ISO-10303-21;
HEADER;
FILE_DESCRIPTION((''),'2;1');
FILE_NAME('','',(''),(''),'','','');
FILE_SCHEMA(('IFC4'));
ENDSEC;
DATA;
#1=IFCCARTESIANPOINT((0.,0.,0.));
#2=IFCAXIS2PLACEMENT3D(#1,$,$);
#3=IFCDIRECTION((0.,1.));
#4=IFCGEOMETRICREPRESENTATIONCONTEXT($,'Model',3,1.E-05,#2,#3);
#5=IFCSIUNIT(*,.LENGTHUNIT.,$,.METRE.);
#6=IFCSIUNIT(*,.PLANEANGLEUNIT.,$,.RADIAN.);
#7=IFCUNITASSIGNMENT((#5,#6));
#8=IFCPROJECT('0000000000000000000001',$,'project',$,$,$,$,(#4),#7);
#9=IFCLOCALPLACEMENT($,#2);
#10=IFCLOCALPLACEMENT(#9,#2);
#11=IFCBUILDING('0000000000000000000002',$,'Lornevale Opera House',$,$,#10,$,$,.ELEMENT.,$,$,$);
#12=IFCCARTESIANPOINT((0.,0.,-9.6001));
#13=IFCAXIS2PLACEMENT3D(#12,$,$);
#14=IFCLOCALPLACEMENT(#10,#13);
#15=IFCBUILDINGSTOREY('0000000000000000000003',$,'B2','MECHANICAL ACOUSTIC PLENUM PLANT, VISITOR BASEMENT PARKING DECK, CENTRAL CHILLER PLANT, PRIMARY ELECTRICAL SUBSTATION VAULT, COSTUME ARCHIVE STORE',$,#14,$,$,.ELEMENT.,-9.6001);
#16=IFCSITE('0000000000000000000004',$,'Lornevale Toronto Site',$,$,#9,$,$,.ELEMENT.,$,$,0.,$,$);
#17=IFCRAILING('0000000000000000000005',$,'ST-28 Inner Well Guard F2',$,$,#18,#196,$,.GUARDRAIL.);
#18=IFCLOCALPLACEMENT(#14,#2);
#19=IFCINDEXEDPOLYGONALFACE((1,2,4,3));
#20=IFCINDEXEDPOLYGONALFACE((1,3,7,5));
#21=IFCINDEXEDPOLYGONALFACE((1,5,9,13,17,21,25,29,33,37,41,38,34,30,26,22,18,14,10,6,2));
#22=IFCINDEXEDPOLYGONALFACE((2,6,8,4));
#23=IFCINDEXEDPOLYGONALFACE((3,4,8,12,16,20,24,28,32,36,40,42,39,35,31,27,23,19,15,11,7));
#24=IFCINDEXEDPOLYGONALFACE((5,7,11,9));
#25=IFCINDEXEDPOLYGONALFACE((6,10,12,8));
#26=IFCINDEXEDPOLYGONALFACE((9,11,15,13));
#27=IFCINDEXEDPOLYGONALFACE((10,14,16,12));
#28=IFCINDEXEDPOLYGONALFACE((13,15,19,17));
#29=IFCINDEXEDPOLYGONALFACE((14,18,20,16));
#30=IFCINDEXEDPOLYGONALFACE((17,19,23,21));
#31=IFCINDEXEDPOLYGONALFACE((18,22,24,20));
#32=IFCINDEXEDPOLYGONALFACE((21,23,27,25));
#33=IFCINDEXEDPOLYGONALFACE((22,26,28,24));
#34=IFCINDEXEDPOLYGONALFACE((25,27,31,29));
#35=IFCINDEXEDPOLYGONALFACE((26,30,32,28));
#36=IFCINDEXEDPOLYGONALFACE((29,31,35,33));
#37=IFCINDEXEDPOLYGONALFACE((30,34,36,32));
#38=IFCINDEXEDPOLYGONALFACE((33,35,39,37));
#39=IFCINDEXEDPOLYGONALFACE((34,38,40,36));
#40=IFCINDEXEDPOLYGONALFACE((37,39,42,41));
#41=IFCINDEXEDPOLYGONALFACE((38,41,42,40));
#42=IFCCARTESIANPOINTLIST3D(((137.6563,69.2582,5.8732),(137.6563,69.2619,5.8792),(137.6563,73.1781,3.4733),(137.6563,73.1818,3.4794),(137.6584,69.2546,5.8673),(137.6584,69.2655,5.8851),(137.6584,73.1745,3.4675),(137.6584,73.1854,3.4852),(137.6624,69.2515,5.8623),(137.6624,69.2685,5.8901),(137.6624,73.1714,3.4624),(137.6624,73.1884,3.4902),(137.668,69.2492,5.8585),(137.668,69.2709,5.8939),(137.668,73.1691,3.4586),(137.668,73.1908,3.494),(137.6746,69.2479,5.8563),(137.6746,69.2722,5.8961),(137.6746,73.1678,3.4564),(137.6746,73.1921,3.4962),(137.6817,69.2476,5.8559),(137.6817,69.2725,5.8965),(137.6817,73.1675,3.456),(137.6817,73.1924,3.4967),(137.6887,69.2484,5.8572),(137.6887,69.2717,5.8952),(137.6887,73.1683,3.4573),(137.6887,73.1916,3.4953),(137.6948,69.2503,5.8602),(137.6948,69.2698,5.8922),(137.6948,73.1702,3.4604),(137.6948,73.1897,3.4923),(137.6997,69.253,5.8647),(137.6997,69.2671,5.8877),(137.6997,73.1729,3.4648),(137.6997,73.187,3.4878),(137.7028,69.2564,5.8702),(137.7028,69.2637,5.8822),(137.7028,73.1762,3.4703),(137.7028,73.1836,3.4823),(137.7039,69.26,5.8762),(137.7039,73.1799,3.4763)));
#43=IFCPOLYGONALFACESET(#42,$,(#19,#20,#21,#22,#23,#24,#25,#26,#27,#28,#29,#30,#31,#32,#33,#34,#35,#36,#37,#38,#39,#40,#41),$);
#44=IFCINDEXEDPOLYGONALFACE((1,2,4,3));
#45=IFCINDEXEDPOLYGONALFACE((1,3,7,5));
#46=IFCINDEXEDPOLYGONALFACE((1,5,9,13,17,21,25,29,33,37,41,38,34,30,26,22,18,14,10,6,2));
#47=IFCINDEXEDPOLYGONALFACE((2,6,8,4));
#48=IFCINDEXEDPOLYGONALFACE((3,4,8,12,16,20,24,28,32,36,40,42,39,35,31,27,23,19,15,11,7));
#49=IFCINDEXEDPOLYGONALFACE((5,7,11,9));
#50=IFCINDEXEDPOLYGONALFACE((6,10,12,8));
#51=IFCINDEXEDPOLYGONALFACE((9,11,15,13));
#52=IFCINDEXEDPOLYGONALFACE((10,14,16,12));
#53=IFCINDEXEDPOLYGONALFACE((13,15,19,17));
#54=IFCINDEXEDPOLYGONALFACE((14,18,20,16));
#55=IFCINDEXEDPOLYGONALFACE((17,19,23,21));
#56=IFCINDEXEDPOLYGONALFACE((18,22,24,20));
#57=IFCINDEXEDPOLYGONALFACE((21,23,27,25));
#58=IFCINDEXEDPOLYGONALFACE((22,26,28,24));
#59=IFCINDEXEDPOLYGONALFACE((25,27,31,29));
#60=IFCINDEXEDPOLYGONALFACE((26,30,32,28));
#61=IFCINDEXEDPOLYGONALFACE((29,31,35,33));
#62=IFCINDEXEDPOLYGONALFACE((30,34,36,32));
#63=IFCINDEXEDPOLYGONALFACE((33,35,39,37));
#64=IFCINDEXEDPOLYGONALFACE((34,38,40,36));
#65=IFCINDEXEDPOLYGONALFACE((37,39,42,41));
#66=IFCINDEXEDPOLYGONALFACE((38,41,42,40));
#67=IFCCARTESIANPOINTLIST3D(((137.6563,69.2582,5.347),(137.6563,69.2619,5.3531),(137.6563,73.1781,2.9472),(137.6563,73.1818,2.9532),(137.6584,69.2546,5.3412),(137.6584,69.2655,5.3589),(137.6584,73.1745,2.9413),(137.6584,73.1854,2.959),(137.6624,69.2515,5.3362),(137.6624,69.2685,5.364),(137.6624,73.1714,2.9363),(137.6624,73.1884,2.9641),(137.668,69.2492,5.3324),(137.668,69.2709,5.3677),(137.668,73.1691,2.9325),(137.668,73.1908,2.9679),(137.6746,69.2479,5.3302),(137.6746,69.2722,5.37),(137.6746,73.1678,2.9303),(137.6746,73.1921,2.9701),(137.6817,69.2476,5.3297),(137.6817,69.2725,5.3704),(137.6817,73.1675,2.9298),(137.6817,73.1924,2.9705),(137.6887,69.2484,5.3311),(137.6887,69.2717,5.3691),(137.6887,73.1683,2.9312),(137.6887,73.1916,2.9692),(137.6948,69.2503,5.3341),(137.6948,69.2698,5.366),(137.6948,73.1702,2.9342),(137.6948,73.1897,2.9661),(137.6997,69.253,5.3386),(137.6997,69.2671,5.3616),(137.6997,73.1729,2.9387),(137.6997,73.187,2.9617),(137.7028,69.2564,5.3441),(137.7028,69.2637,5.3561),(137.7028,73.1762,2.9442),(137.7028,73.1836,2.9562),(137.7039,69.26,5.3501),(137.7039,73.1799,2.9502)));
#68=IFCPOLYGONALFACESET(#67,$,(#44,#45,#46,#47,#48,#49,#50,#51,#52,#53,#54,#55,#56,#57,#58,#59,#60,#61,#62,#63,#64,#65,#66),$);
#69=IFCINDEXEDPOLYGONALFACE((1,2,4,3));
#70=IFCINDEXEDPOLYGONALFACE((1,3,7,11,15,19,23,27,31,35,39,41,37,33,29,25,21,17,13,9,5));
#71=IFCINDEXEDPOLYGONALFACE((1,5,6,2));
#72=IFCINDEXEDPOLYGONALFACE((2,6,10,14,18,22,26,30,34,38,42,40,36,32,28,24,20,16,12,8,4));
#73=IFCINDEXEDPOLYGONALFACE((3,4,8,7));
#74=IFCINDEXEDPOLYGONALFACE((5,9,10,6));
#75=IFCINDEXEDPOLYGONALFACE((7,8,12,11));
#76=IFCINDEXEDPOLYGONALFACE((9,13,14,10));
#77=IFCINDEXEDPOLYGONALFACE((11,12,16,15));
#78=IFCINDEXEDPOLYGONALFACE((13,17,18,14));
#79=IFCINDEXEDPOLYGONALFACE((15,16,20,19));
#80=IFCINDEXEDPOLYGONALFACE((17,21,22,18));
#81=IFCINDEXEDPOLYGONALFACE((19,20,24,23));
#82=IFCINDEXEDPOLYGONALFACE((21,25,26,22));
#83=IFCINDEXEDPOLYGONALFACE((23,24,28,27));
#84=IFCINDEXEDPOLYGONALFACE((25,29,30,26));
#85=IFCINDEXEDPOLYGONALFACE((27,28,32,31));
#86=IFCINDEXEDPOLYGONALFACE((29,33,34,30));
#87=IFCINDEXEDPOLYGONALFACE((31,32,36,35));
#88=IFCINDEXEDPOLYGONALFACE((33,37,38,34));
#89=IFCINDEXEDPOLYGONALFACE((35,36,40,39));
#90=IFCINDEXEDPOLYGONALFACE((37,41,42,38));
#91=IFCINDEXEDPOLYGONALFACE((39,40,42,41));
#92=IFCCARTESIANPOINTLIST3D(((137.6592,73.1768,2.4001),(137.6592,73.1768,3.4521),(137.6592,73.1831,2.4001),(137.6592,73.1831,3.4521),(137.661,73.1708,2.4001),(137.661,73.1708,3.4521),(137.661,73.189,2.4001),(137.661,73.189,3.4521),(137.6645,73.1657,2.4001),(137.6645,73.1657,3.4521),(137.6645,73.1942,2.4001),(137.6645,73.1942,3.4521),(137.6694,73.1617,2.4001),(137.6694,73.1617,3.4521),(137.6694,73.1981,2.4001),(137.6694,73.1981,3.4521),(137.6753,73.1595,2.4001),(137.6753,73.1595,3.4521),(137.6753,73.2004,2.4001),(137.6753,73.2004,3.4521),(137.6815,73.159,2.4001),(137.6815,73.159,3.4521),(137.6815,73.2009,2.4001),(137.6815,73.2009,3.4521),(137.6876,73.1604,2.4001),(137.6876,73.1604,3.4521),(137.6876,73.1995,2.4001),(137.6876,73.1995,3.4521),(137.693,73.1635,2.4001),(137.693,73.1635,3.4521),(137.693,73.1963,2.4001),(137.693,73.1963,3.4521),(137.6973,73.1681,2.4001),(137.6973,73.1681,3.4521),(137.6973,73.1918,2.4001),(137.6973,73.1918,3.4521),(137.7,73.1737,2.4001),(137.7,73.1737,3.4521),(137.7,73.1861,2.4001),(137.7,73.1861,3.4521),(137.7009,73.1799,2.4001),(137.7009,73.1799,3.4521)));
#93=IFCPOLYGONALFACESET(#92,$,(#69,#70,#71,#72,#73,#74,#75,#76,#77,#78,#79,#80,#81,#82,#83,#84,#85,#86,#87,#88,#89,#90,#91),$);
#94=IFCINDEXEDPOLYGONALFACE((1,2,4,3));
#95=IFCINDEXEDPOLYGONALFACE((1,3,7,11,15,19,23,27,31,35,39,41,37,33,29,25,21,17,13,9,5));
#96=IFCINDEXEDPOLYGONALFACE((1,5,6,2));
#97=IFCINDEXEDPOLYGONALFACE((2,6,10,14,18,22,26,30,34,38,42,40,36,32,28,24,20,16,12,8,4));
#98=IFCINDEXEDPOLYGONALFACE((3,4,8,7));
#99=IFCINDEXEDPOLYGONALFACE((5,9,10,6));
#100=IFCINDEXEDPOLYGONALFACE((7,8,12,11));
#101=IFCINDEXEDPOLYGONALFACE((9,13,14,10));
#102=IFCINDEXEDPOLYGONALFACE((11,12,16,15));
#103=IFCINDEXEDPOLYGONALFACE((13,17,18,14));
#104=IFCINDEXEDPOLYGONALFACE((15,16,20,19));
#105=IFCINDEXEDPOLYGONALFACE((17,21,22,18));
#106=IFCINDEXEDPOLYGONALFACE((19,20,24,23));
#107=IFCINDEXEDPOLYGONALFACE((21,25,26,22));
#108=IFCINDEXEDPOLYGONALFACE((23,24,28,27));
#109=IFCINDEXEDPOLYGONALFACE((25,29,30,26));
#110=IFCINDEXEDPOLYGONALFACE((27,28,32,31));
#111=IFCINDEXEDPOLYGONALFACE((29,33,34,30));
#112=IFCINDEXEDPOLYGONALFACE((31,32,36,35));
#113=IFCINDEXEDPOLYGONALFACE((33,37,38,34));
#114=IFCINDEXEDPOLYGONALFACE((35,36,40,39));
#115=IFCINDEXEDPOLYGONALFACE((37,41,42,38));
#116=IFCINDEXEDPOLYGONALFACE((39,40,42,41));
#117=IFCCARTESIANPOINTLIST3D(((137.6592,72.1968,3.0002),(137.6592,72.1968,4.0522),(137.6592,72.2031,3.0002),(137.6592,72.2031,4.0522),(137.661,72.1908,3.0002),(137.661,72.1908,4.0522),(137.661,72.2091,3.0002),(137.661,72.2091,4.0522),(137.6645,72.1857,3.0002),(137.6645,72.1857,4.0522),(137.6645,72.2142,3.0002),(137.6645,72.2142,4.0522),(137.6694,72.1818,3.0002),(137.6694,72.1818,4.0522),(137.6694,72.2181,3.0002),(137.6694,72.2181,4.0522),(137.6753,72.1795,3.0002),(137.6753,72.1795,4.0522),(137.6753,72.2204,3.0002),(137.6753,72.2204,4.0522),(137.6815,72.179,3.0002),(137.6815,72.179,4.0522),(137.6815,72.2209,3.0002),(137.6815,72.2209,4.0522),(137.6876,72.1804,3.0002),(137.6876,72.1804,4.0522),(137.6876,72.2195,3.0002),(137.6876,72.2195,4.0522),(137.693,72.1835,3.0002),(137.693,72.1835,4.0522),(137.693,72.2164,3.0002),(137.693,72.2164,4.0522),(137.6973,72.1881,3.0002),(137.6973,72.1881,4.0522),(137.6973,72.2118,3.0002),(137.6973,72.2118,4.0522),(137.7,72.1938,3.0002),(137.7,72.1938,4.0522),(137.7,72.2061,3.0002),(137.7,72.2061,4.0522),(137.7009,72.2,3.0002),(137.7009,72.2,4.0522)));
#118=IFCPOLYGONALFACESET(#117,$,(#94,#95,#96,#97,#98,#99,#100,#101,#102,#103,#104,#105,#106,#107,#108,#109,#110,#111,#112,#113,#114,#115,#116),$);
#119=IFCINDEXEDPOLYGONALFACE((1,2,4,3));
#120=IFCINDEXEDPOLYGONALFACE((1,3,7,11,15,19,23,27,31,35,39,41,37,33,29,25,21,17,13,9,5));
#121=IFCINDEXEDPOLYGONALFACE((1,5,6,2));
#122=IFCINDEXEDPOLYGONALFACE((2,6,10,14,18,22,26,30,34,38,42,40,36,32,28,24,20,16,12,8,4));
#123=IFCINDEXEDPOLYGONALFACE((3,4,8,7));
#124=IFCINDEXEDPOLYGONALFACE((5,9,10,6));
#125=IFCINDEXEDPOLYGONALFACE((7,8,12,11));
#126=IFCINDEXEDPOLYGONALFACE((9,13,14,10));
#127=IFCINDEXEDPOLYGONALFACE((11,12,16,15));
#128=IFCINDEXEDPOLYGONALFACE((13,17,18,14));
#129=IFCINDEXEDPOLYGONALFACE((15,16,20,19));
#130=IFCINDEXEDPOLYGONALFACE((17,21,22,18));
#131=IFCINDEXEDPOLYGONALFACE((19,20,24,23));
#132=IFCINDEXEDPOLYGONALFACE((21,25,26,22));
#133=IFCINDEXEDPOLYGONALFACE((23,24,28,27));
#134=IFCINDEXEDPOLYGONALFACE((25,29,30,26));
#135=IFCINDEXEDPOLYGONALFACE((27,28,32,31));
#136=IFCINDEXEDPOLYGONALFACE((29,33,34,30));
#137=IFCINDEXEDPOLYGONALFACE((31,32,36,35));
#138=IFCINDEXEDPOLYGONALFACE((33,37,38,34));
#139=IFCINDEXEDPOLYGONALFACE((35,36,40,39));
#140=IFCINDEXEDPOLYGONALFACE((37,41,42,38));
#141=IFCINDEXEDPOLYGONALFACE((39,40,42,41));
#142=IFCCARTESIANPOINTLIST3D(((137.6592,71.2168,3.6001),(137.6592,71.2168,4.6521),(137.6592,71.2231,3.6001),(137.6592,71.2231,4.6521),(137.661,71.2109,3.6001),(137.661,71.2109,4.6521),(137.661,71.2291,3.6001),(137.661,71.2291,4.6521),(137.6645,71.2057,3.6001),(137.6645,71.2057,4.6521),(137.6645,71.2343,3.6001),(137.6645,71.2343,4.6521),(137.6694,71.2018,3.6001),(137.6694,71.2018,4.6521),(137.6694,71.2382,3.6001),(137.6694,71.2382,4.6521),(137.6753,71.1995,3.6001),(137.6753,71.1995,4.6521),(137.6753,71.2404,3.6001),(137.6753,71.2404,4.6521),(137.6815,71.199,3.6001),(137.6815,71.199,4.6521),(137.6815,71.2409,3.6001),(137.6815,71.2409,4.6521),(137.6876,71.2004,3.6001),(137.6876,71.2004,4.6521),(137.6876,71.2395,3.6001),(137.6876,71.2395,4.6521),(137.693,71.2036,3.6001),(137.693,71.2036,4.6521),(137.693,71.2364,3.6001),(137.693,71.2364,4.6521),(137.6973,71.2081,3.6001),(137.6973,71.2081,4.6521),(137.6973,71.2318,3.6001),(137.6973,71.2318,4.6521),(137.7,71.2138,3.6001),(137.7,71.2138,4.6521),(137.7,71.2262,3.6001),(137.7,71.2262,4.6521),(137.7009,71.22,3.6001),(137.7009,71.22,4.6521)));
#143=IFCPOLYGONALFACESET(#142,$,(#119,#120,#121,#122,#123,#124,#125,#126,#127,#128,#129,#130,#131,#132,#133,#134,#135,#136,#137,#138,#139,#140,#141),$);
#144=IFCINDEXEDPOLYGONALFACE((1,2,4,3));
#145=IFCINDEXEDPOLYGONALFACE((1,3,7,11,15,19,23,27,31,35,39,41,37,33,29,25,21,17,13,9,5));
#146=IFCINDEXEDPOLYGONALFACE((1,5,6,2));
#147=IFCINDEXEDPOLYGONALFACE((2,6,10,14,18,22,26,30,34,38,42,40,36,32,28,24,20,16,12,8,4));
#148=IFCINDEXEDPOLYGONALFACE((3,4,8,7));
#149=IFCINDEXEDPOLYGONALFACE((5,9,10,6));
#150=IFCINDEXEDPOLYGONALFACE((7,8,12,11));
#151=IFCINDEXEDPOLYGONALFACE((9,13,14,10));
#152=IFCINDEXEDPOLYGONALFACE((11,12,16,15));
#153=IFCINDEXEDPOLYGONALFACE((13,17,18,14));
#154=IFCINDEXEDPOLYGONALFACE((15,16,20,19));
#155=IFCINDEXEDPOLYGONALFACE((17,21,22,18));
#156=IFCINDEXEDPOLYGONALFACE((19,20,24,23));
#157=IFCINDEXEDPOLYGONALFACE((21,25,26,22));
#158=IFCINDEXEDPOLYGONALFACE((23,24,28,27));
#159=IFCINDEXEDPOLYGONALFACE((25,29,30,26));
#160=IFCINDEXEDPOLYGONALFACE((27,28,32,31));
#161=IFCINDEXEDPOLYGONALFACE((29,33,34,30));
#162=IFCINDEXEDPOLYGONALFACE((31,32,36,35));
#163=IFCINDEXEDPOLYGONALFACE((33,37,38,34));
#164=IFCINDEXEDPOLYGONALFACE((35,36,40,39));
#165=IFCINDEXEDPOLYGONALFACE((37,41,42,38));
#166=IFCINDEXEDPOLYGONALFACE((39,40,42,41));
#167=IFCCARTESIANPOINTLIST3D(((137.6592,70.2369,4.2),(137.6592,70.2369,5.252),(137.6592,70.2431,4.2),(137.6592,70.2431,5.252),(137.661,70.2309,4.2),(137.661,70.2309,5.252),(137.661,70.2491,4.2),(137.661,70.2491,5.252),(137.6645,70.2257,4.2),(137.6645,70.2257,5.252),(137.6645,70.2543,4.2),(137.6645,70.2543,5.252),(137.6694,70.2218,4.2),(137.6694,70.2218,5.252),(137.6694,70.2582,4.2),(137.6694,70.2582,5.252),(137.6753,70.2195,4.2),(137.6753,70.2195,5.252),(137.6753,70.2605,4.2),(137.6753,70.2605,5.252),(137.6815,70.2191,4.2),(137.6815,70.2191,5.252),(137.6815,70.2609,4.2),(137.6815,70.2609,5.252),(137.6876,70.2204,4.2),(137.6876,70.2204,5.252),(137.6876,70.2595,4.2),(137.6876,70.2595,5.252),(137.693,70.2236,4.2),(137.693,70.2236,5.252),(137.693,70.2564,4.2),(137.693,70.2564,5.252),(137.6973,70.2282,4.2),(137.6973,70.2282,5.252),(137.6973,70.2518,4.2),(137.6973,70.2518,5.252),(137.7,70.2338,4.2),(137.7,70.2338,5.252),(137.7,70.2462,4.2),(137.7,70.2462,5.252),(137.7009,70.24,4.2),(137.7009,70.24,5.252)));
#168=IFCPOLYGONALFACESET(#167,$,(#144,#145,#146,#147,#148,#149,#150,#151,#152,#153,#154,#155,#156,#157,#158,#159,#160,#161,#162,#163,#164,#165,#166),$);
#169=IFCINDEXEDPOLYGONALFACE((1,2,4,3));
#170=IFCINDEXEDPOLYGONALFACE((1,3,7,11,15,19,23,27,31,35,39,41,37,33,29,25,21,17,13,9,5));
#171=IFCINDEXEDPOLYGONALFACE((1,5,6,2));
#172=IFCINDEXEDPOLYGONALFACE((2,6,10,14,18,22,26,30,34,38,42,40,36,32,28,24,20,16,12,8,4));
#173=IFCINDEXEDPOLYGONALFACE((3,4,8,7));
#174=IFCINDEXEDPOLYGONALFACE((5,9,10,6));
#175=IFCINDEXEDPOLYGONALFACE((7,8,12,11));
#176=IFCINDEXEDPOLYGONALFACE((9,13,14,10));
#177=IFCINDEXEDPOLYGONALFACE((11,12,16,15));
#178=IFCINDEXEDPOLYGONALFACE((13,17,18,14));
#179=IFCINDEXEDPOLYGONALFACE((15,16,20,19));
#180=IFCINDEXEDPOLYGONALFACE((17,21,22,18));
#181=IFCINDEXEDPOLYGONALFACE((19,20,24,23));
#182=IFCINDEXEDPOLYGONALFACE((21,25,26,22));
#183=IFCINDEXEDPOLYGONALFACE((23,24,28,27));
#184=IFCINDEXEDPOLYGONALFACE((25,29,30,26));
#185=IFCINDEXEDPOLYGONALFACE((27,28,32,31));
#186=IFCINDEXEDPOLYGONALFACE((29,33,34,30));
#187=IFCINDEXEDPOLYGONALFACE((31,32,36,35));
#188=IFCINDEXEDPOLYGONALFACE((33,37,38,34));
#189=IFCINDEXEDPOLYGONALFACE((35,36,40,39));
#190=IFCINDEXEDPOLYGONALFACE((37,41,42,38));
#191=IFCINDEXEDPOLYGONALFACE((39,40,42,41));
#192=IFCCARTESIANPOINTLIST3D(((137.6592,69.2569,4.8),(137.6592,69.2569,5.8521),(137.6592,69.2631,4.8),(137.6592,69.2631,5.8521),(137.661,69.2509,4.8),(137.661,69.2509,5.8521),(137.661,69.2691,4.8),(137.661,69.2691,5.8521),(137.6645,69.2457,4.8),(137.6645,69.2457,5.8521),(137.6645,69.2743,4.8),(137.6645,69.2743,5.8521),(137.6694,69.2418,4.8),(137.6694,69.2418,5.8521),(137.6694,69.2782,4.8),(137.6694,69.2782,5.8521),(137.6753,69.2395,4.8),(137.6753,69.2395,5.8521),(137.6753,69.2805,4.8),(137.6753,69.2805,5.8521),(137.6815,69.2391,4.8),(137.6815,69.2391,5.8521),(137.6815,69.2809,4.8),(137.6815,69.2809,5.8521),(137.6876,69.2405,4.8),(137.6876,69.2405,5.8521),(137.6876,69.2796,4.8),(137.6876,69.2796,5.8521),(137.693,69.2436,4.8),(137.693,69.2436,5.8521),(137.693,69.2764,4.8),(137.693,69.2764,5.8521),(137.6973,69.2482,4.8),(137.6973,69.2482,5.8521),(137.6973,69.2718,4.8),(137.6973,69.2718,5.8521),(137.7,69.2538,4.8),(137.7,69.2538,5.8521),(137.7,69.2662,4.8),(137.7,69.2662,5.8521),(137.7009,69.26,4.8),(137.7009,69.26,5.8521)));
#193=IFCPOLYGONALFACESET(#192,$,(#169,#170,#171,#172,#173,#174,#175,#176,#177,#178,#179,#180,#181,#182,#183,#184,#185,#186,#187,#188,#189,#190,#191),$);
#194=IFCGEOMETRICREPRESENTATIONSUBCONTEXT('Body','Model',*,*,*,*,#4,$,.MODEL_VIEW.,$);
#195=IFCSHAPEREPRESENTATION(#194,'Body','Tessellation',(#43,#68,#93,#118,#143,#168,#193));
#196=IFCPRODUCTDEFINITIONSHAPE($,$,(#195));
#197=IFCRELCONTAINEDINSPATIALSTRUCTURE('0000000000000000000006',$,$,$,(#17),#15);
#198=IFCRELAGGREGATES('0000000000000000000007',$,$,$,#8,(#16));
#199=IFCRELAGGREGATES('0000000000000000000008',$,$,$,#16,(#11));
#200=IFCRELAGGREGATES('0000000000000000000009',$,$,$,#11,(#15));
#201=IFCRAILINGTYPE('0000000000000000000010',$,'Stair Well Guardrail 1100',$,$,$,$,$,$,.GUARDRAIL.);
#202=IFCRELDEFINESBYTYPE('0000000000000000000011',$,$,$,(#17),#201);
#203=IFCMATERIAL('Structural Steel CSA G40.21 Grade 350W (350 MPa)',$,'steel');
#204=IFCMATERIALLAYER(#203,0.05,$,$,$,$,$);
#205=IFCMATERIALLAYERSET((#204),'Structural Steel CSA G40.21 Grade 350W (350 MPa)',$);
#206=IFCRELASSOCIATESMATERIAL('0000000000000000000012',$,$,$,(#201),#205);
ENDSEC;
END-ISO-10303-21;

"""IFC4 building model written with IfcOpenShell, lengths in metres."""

from ifc_helpers import new_model, si_unit, direction, frame, origin, origin_2d, place, context, subcontext, project, spatial, circle, extrude, material, layer, layer_set, type_object, element, save


model = new_model("IFC4")

# Units and contexts
model_context = context("Model", 3, precision=1e-05, world=origin(), true_north=direction((0.0, 1.0)))
body_context = subcontext(model_context, "Body", "Model", "MODEL_VIEW")
ifc_project = project(units=[si_unit("LENGTHUNIT", "METRE"), si_unit("PLANEANGLEUNIT", "RADIAN")], contexts=[model_context])

# Site, building, storey
site_placement = place(None, origin())
site = spatial("IfcSite", under=ifc_project, at=site_placement, Name="Lornevale Toronto Site", CompositionType="ELEMENT", RefElevation=0.0)
building_placement = place(site_placement, origin())
building = spatial("IfcBuilding", under=site, at=building_placement, Name="Lornevale Opera House", CompositionType="ELEMENT")
storey_placement = place(building_placement, frame((0.0, 0.0, -9.6001)))
storey = spatial("IfcBuildingStorey", under=building, at=storey_placement, Name="B2", Description="MECHANICAL ACOUSTIC PLENUM PLANT, VISITOR BASEMENT PARKING DECK, CENTRAL CHILLER PLANT, PRIMARY ELECTRICAL SUBSTATION VAULT, COSTUME ARCHIVE STORE", CompositionType="ELEMENT", Elevation=-9.6001)

# Railing
ifc_material_1 = material(Name="Structural Steel CSA G40.21 Grade 350W (350 MPa)", Category="steel")
ifc_layer_1 = layer(ifc_material_1, 0.05)
ifc_layer_set_1 = layer_set([ifc_layer_1], Name="Structural Steel CSA G40.21 Grade 350W (350 MPa)")
railing_type_1 = type_object("IfcRailingType", Name="Stair Well Guardrail 1100", PredefinedType="GUARDRAIL", material=ifc_layer_set_1)
railing_1_placement = place(storey_placement, frame((137.6799, 73.1799, 2.4001)))
element("IfcRailing", 1, at=railing_1_placement, inside=storey, type_object=railing_type_1, Name="ST-28 Inner Well Guard F2", PredefinedType="GUARDRAIL", context=body_context, shape_type="SweptSolid", body=[
    extrude(circle(Radius=0.0239, at=origin_2d()), frame((0.0, 0.0, 1.0762), z_axis=(0.0, -0.852856, 0.522146), x_axis=(1.0, 0.0, 0.0)), (0.0, 0.0, 1.0), 4.5962),
    extrude(circle(Radius=0.0239, at=origin_2d()), frame((0.0, 0.0, 0.55), z_axis=(0.0, -0.852856, 0.522146), x_axis=(1.0, 0.0, 0.0)), (0.0, 0.0, 1.0), 4.5962),
    extrude(circle(Radius=0.021, at=origin_2d()), origin(), (0.0, 0.0, 1.0), 1.052),
    extrude(circle(Radius=0.021, at=origin_2d()), frame((0.0, -0.98, 0.6001)), (0.0, 0.0, 1.0), 1.052),
    extrude(circle(Radius=0.021, at=origin_2d()), frame((0.0, -1.96, 1.2)), (0.0, 0.0, 1.0), 1.052),
    extrude(circle(Radius=0.021, at=origin_2d()), frame((0.0, -2.9399, 1.7998)), (0.0, 0.0, 1.0), 1.052),
    extrude(circle(Radius=0.021, at=origin_2d()), frame((0.0, -3.9199, 2.3999)), (0.0, 0.0, 1.0), 1.052),
])

save(model, "model.ifc")
